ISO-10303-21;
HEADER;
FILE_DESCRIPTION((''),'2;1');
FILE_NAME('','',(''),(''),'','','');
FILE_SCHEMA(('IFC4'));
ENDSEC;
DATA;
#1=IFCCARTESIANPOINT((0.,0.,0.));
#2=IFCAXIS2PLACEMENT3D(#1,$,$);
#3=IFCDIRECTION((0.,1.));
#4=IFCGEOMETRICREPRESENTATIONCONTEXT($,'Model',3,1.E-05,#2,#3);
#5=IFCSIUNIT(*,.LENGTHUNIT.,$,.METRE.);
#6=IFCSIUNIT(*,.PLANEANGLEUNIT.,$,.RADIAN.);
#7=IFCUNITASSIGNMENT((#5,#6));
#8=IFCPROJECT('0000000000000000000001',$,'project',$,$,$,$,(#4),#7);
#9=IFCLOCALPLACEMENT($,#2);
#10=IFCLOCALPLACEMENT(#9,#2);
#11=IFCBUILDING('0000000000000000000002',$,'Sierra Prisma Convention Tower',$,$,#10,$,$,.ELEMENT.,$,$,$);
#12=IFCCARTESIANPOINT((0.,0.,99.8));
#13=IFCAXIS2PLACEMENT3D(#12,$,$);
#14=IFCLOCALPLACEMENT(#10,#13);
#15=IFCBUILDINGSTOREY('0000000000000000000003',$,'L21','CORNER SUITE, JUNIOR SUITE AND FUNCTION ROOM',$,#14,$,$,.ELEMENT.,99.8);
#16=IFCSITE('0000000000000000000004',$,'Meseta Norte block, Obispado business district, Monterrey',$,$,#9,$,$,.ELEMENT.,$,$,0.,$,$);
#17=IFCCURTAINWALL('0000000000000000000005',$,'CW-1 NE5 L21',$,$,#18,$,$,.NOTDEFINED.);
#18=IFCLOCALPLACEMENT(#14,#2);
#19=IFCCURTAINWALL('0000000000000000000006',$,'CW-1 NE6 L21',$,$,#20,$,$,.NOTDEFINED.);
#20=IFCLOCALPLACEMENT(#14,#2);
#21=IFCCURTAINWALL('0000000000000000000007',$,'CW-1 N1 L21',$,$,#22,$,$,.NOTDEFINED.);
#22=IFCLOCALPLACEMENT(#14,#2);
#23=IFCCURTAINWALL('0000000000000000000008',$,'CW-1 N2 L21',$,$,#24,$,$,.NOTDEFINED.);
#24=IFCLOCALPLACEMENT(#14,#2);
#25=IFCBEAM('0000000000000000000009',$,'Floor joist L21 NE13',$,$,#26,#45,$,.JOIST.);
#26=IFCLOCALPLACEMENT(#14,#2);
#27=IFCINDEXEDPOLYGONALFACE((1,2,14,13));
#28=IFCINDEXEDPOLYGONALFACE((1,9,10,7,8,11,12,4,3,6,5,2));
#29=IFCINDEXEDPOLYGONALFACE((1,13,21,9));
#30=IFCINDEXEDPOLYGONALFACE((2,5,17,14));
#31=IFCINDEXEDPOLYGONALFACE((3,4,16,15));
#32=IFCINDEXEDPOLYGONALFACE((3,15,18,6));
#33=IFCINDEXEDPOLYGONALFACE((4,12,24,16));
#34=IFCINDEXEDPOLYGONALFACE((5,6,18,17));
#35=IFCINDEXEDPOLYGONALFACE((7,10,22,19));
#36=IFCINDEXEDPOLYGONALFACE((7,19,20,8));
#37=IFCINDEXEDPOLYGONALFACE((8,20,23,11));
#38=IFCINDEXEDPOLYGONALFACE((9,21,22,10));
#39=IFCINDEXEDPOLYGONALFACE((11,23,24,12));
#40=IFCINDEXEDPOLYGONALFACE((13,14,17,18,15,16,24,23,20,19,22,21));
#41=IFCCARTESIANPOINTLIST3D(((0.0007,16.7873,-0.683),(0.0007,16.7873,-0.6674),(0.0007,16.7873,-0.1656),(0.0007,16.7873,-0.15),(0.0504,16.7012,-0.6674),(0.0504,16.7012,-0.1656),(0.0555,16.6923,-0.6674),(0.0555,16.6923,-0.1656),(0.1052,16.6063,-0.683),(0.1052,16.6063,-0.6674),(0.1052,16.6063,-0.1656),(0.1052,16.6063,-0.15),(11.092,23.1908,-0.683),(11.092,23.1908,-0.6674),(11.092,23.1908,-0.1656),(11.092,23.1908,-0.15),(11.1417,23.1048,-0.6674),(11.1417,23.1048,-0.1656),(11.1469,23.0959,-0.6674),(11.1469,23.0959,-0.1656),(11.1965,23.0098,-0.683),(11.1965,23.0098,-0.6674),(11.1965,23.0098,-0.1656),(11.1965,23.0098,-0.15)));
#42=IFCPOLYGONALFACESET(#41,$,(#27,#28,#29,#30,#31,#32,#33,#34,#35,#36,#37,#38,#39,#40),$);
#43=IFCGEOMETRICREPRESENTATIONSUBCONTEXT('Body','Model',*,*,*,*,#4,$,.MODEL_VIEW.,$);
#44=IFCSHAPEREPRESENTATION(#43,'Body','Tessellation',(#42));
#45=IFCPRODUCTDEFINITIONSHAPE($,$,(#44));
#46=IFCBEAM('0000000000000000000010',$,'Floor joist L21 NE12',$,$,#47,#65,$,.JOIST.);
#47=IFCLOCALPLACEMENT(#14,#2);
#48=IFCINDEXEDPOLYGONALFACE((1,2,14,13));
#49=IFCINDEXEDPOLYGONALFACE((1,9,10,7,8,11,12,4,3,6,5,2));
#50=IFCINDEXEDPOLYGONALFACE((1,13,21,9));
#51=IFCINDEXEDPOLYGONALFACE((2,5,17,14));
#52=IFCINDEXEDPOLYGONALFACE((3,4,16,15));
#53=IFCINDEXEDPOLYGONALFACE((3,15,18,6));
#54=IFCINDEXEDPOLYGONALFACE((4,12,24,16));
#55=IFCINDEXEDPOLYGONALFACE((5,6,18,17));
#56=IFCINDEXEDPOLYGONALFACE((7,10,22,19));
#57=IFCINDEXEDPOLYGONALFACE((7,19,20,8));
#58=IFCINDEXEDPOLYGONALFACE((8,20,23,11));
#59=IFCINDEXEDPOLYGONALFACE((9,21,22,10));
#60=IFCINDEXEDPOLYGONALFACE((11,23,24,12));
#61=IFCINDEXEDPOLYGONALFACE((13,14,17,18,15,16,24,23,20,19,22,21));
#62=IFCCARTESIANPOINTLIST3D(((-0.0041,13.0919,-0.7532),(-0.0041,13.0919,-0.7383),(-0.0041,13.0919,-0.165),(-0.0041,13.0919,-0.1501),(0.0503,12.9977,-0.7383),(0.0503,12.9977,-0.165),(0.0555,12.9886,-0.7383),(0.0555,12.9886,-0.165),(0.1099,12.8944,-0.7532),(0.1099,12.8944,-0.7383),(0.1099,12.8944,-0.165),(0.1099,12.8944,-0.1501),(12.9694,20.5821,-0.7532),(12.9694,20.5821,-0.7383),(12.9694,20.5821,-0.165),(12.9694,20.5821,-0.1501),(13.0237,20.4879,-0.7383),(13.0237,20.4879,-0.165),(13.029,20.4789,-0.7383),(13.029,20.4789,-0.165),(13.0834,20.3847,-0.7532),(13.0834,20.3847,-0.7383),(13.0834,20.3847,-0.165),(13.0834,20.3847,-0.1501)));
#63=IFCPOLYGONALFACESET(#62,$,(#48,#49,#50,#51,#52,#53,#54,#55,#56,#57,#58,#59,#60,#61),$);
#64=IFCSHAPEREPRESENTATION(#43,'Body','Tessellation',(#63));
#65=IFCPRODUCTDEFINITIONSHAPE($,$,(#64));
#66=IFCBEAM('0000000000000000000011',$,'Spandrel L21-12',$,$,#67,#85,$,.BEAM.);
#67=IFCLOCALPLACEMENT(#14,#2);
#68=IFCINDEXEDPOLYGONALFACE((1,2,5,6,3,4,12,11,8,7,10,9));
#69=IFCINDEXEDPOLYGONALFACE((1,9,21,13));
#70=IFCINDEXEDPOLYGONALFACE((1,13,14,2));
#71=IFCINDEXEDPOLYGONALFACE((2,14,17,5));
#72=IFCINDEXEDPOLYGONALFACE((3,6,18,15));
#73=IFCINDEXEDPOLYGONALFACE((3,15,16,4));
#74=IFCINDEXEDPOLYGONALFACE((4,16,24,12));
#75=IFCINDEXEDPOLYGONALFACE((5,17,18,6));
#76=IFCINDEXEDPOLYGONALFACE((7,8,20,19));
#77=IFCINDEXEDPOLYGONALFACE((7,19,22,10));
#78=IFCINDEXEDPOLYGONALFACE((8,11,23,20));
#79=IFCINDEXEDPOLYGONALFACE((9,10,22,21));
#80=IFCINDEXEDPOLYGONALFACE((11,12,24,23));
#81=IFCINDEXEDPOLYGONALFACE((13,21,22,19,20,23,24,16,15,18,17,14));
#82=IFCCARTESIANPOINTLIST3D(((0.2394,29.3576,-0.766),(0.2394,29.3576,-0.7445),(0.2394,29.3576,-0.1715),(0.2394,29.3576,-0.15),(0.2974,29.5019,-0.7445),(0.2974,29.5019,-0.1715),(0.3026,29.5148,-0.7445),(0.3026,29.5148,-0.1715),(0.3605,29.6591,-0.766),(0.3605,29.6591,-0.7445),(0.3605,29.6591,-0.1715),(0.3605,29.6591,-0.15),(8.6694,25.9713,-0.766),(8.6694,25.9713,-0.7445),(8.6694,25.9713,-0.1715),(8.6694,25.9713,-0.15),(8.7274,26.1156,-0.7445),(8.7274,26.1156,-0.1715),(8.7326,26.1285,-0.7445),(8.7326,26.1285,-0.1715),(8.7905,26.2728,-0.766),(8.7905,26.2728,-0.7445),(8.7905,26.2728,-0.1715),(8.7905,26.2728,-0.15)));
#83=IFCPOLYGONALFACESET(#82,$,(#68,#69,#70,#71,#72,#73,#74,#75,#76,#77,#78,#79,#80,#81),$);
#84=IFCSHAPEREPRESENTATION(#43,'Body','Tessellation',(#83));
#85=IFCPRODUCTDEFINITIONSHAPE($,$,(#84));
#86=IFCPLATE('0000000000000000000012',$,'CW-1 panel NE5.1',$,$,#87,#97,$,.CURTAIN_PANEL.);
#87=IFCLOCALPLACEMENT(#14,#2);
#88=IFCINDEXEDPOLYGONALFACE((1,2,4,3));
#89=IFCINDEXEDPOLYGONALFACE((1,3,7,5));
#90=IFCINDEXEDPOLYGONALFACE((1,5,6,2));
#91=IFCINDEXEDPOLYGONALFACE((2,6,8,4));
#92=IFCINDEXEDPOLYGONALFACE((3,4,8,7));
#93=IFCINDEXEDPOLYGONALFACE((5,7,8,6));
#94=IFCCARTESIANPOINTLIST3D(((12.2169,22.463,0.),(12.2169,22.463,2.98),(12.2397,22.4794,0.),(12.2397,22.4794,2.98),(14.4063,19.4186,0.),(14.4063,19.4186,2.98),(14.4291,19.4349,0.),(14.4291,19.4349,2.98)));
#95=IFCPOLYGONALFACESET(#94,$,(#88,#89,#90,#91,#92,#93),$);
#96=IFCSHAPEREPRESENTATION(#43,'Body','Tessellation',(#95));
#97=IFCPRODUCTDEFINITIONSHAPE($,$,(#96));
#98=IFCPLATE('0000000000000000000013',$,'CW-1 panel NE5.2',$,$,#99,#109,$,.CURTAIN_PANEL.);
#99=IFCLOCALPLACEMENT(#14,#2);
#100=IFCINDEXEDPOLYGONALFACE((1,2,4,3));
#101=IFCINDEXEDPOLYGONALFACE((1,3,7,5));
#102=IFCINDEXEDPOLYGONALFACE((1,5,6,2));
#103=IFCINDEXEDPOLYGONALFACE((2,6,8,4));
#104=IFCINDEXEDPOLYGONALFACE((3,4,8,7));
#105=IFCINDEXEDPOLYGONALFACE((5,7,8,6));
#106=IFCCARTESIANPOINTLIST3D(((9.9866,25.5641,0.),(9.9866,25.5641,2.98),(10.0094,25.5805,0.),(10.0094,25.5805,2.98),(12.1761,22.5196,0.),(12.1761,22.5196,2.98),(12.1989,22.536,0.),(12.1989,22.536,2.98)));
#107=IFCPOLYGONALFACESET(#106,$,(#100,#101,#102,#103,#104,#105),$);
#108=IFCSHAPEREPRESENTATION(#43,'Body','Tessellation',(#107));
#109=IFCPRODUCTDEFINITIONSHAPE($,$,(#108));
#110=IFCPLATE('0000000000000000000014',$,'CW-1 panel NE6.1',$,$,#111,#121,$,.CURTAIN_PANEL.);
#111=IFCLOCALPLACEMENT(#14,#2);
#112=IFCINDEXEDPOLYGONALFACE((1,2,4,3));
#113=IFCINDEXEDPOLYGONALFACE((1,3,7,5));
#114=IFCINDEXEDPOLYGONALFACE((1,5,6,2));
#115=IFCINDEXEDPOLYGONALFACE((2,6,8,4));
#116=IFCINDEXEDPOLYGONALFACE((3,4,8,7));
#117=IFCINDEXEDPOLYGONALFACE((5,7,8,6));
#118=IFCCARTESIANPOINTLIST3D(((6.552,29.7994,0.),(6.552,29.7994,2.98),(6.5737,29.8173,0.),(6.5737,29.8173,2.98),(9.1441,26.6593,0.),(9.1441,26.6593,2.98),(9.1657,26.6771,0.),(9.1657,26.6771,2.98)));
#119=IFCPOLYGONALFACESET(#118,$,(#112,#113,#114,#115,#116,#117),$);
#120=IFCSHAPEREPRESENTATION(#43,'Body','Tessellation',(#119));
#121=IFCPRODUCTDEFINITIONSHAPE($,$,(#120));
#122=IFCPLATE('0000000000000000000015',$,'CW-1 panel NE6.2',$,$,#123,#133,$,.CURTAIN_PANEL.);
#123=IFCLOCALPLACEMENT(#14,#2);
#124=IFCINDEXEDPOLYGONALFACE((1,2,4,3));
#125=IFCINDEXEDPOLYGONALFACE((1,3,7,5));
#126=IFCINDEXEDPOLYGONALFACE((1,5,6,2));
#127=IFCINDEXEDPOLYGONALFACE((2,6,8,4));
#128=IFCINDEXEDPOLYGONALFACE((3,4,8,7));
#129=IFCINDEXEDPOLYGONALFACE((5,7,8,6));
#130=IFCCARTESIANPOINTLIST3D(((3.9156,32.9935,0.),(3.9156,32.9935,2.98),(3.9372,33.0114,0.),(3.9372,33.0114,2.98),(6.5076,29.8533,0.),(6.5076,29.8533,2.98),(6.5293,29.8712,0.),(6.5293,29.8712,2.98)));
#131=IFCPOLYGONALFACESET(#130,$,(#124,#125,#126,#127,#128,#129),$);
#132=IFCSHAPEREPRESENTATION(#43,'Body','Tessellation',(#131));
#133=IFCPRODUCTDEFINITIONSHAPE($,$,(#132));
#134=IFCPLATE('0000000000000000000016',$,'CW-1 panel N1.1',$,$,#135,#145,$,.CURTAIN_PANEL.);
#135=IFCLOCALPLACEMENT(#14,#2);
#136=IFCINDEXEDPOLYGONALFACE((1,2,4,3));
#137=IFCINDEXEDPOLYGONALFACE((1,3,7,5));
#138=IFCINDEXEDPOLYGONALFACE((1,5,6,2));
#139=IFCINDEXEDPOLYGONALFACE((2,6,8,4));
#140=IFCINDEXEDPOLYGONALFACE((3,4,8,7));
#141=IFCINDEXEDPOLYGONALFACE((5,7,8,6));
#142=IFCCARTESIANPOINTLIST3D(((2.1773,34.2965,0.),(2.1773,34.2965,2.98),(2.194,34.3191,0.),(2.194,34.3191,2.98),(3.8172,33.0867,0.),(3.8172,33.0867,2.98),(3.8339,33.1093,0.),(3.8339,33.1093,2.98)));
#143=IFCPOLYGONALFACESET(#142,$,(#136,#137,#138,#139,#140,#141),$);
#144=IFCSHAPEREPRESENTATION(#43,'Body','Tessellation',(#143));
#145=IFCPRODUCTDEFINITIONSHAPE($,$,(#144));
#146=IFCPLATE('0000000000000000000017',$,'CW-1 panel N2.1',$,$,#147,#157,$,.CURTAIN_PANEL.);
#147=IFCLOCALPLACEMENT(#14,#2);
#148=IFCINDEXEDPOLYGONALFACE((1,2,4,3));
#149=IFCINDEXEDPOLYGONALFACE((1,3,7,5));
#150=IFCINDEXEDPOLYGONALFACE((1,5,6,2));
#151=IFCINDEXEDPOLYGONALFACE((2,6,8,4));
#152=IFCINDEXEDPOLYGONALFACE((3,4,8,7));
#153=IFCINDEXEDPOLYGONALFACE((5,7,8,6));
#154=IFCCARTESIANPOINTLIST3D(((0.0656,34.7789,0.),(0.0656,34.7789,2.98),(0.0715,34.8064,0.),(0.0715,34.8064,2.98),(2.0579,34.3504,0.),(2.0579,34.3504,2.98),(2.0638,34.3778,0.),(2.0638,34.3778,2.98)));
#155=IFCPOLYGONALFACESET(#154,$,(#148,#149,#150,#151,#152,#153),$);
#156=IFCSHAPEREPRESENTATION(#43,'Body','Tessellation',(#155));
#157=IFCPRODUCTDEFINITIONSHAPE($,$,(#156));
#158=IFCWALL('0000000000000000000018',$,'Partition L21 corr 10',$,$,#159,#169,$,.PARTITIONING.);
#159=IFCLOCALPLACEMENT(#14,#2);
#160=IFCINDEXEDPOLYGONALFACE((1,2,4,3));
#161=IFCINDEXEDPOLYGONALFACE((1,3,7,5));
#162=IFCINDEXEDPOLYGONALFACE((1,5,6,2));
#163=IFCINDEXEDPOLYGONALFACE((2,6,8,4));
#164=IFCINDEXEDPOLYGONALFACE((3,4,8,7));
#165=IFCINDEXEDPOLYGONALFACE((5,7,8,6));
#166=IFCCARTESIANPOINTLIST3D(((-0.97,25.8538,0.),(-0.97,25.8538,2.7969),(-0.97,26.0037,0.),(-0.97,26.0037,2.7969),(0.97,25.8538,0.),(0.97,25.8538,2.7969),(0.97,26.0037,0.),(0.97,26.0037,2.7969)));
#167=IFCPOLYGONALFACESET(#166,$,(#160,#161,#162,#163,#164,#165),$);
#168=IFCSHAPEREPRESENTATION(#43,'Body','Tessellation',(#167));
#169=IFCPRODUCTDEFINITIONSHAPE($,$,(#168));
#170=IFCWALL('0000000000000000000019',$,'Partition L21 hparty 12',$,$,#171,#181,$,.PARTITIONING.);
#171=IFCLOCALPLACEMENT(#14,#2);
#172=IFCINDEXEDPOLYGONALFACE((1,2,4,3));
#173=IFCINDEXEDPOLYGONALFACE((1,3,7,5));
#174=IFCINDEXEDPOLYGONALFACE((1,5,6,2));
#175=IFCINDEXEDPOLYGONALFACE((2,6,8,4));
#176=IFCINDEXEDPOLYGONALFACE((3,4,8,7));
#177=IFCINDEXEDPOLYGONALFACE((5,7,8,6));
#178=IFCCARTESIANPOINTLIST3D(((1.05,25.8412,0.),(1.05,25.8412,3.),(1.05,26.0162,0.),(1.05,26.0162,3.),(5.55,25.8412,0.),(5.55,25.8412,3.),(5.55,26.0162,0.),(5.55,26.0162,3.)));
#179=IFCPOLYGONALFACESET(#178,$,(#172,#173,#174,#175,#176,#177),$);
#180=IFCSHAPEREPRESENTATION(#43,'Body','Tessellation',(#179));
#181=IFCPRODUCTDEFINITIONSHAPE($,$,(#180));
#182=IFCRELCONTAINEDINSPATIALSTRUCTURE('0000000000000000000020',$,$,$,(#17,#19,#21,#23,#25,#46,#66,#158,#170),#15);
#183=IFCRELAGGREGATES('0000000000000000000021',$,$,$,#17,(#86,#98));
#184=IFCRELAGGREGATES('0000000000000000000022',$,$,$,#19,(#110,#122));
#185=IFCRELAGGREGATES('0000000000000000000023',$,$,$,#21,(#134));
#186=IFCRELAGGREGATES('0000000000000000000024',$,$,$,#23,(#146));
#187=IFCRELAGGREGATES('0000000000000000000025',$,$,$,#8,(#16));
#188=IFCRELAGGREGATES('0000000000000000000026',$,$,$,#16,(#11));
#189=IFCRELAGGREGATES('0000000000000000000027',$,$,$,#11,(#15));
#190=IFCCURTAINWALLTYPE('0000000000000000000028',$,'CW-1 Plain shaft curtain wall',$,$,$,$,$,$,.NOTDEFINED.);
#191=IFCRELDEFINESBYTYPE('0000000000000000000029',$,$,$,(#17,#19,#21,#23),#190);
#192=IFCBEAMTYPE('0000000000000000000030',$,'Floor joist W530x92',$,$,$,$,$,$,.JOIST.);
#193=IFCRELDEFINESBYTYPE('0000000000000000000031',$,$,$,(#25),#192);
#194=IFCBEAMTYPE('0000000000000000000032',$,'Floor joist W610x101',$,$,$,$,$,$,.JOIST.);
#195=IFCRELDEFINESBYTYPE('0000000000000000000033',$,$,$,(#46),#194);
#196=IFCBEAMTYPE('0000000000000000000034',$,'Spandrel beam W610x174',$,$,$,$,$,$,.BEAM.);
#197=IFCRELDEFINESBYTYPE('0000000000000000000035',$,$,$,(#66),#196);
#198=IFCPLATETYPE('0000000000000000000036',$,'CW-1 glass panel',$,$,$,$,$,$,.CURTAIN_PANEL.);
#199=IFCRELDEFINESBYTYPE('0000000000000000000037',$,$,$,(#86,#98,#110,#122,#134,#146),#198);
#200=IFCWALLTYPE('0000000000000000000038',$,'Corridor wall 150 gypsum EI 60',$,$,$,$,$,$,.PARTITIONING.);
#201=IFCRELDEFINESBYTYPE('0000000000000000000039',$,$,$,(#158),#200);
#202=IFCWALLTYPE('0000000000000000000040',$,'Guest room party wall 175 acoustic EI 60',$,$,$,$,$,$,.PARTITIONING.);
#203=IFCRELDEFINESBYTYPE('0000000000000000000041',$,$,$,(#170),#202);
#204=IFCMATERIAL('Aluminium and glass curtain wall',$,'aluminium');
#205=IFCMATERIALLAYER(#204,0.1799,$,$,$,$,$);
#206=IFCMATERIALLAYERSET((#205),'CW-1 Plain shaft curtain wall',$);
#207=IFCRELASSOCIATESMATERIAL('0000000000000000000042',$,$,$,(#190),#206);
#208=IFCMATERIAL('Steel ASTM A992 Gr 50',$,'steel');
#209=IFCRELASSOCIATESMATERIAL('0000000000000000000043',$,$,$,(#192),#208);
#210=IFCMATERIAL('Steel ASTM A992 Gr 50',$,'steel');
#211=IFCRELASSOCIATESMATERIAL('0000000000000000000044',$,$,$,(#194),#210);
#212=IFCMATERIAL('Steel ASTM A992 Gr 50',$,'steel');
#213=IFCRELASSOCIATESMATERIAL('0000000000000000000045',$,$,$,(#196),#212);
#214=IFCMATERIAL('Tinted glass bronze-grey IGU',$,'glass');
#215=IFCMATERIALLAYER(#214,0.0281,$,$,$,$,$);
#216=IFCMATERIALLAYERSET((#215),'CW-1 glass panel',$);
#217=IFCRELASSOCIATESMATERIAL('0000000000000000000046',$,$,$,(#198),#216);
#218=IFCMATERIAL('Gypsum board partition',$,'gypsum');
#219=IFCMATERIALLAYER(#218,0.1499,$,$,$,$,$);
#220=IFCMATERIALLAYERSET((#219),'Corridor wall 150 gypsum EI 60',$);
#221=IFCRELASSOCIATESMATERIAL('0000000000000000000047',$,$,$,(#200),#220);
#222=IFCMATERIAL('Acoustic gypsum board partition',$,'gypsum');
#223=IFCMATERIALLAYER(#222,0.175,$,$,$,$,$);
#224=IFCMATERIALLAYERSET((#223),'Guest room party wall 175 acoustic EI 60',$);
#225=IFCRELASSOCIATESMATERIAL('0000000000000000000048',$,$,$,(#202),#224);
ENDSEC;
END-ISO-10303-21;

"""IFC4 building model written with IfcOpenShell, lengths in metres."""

from ifc_helpers import new_model, si_unit, direction, frame, frame_2d, origin, origin_2d, place, context, subcontext, project, spatial, rectangle, i_section, extrude, material, layer, layer_set, material_profile, profile_set, type_object, element, aggregate, save


model = new_model("IFC4")

# Units and contexts
model_context = context("Model", 3, precision=1e-05, world=origin(), true_north=direction((0.0, 1.0)))
body_context = subcontext(model_context, "Body", "Model", "MODEL_VIEW")
ifc_project = project(units=[si_unit("LENGTHUNIT", "METRE"), si_unit("PLANEANGLEUNIT", "RADIAN")], contexts=[model_context])

# Site, building, storey
site_placement = place(None, origin())
site = spatial("IfcSite", under=ifc_project, at=site_placement, Name="Meseta Norte block, Obispado business district, Monterrey", CompositionType="ELEMENT", RefElevation=0.0)
building_placement = place(site_placement, origin())
building = spatial("IfcBuilding", under=site, at=building_placement, Name="Sierra Prisma Convention Tower", CompositionType="ELEMENT")
storey_placement = place(building_placement, frame((0.0, 0.0, 99.8)))
storey = spatial("IfcBuildingStorey", under=building, at=storey_placement, Name="L21", Description="CORNER SUITE, JUNIOR SUITE AND FUNCTION ROOM", CompositionType="ELEMENT", Elevation=99.8)

# Curtain wall
ifc_material_1 = material(Name="Aluminium and glass curtain wall", Category="aluminium")
ifc_layer_1 = layer(ifc_material_1, 0.1799)
ifc_layer_set_1 = layer_set([ifc_layer_1], Name="CW-1 Plain shaft curtain wall")
curtain_wall_type = type_object("IfcCurtainWallType", Name="CW-1 Plain shaft curtain wall", PredefinedType="NOTDEFINED", material=ifc_layer_set_1)
curtain_wall_1_placement = place(storey_placement, origin())
curtain_wall_1 = element("IfcCurtainWall", 1, at=curtain_wall_1_placement, inside=storey, type_object=curtain_wall_type, Name="CW-1 NE5 L21", PredefinedType="NOTDEFINED")

# Curtain walls
curtain_wall_2_placement = place(storey_placement, origin())
curtain_wall_2 = element("IfcCurtainWall", 2, at=curtain_wall_2_placement, inside=storey, type_object=curtain_wall_type, Name="CW-1 NE6 L21", PredefinedType="NOTDEFINED")
curtain_wall_3_placement = place(storey_placement, origin())
curtain_wall_3 = element("IfcCurtainWall", 3, at=curtain_wall_3_placement, inside=storey, type_object=curtain_wall_type, Name="CW-1 N1 L21", PredefinedType="NOTDEFINED")
curtain_wall_4_placement = place(storey_placement, origin())
curtain_wall_4 = element("IfcCurtainWall", 4, at=curtain_wall_4_placement, inside=storey, type_object=curtain_wall_type, Name="CW-1 N2 L21", PredefinedType="NOTDEFINED")

# Beams
ifc_material_2 = material(Name="Steel ASTM A992 Gr 50", Category="steel")
ifc_material_profile_1 = material_profile(ifc_material_2, i_section(OverallWidth=0.209, OverallDepth=0.533, WebThickness=0.0103, FlangeThickness=0.0156, at=origin_2d()), Name="W530x92")
ifc_profile_set_1 = profile_set([ifc_material_profile_1], Name="Steel ASTM A992 Gr 50")
beam_type_1 = type_object("IfcBeamType", Name="Floor joist W530x92", PredefinedType="JOIST", material=ifc_profile_set_1)
beam_1_placement = place(storey_placement, frame((11.1443, 23.1003, -0.4165), z_axis=(-0.866026, -0.5, 0.0), x_axis=(0.5, -0.866026, 0.0)))
element("IfcBeam", 5, at=beam_1_placement, inside=storey, type_object=beam_type_1, Name="Floor joist L21 NE13", PredefinedType="JOIST", context=body_context, shape_type="SweptSolid", body=[
    extrude(i_section(OverallWidth=0.209, OverallDepth=0.533, WebThickness=0.0103, FlangeThickness=0.0156, at=origin_2d()), origin(), (0.0, 0.0, 1.0), 12.8071),
])
ifc_material_3 = material(Name="Steel ASTM A992 Gr 50", Category="steel")
ifc_material_profile_2 = material_profile(ifc_material_3, i_section(OverallWidth=0.228, OverallDepth=0.603, WebThickness=0.0105, FlangeThickness=0.0149, at=origin_2d()), Name="W610x101")
ifc_profile_set_2 = profile_set([ifc_material_profile_2], Name="Steel ASTM A992 Gr 50")
beam_type_2 = type_object("IfcBeamType", Name="Floor joist W610x101", PredefinedType="JOIST", material=ifc_profile_set_2)
beam_2_placement = place(storey_placement, frame((13.0264, 20.4834, -0.4517), z_axis=(-0.866024, -0.500002, 0.0), x_axis=(0.500002, -0.866024, 0.0)))
element("IfcBeam", 6, at=beam_2_placement, inside=storey, type_object=beam_type_2, Name="Floor joist L21 NE12", PredefinedType="JOIST", context=body_context, shape_type="SweptSolid", body=[
    extrude(i_section(OverallWidth=0.228, OverallDepth=0.603, WebThickness=0.0105, FlangeThickness=0.0149, at=origin_2d()), origin(), (0.0, 0.0, 1.0), 14.9805),
])
ifc_material_4 = material(Name="Steel ASTM A992 Gr 50", Category="steel")
ifc_material_profile_3 = material_profile(ifc_material_4, i_section(OverallWidth=0.325, OverallDepth=0.616, WebThickness=0.0139, FlangeThickness=0.0215, at=origin_2d()), Name="W610x174")
ifc_profile_set_3 = profile_set([ifc_material_profile_3], Name="Steel ASTM A992 Gr 50")
beam_type_3 = type_object("IfcBeamType", Name="Spandrel beam W610x174", PredefinedType="BEAM", material=ifc_profile_set_3)
beam_3_placement = place(storey_placement, frame((8.73, 26.1221, -0.458), z_axis=(-0.927935, 0.372743, 0.0), x_axis=(-0.372743, -0.927935, 0.0)))
element("IfcBeam", 7, at=beam_3_placement, inside=storey, type_object=beam_type_3, Name="Spandrel L21-12", PredefinedType="BEAM", context=body_context, shape_type="SweptSolid", body=[
    extrude(i_section(OverallWidth=0.325, OverallDepth=0.616, WebThickness=0.0139, FlangeThickness=0.0215, at=origin_2d()), origin(), (0.0, 0.0, 1.0), 9.0847),
])

# Plates
ifc_material_5 = material(Name="Tinted glass bronze-grey IGU", Category="glass")
ifc_layer_2 = layer(ifc_material_5, 0.0281)
ifc_layer_set_2 = layer_set([ifc_layer_2], Name="CW-1 glass panel")
plate_type = type_object("IfcPlateType", Name="CW-1 glass panel", PredefinedType="CURTAIN_PANEL", material=ifc_layer_set_2)
plate_1_placement = place(storey_placement, frame((13.323, 20.949, 0.0), z_axis=(0.0, 0.0, 1.0), x_axis=(-0.58386, 0.811854, 0.0)))
plate_1 = element("IfcPlate", 8, at=plate_1_placement, type_object=plate_type, Name="CW-1 panel NE5.1", PredefinedType="CURTAIN_PANEL", context=body_context, shape_type="SweptSolid", body=[
    extrude(rectangle(XDim=3.75, YDim=0.0281, at=origin_2d()), origin(), (0.0, 0.0, 1.0), 2.98),
])
plate_2_placement = place(storey_placement, frame((11.0928, 24.05, 0.0), z_axis=(0.0, 0.0, 1.0), x_axis=(-0.58386, 0.811854, 0.0)))
plate_2 = element("IfcPlate", 9, at=plate_2_placement, type_object=plate_type, Name="CW-1 panel NE5.2", PredefinedType="CURTAIN_PANEL", context=body_context, shape_type="SweptSolid", body=[
    extrude(rectangle(XDim=3.75, YDim=0.0281, at=origin_2d()), origin(), (0.0, 0.0, 1.0), 2.98),
])
aggregate(curtain_wall_1, [plate_1, plate_2])
plate_3_placement = place(storey_placement, frame((7.8589, 28.2383, 0.0), z_axis=(0.0, 0.0, 1.0), x_axis=(-0.636584, 0.771208, 0.0)))
plate_3 = element("IfcPlate", 10, at=plate_3_placement, type_object=plate_type, Name="CW-1 panel NE6.1", PredefinedType="CURTAIN_PANEL", context=body_context, shape_type="SweptSolid", body=[
    extrude(rectangle(XDim=4.0718, YDim=0.0281, at=origin_2d()), origin(), (0.0, 0.0, 1.0), 2.98),
])
plate_4_placement = place(storey_placement, frame((5.2224, 31.4324, 0.0), z_axis=(0.0, 0.0, 1.0), x_axis=(-0.636584, 0.771208, 0.0)))
plate_4 = element("IfcPlate", 11, at=plate_4_placement, type_object=plate_type, Name="CW-1 panel NE6.2", PredefinedType="CURTAIN_PANEL", context=body_context, shape_type="SweptSolid", body=[
    extrude(rectangle(XDim=4.0718, YDim=0.0281, at=origin_2d()), origin(), (0.0, 0.0, 1.0), 2.98),
])
aggregate(curtain_wall_2, [plate_3, plate_4])
plate_5_placement = place(storey_placement, frame((3.0056, 33.7029, 0.0), z_axis=(0.0, 0.0, 1.0), x_axis=(-0.804726, 0.593647, 0.0)))
plate_5 = element("IfcPlate", 12, at=plate_5_placement, type_object=plate_type, Name="CW-1 panel N1.1", PredefinedType="CURTAIN_PANEL", context=body_context, shape_type="SweptSolid", body=[
    extrude(rectangle(XDim=2.0378, YDim=0.0281, at=origin_2d()), origin(), (0.0, 0.0, 1.0), 2.98),
])
aggregate(curtain_wall_3, [plate_5])
plate_6_placement = place(storey_placement, frame((1.0647, 34.5784, 0.0), z_axis=(0.0, 0.0, 1.0), x_axis=(-0.977641, 0.21028, 0.0)))
plate_6 = element("IfcPlate", 13, at=plate_6_placement, type_object=plate_type, Name="CW-1 panel N2.1", PredefinedType="CURTAIN_PANEL", context=body_context, shape_type="SweptSolid", body=[
    extrude(rectangle(XDim=2.0378, YDim=0.0281, at=origin_2d()), origin(), (0.0, 0.0, 1.0), 2.98),
])
aggregate(curtain_wall_4, [plate_6])

# Walls
ifc_material_6 = material(Name="Gypsum board partition", Category="gypsum")
ifc_layer_3 = layer(ifc_material_6, 0.1499)
ifc_layer_set_3 = layer_set([ifc_layer_3], Name="Corridor wall 150 gypsum EI 60")
wall_type_1 = type_object("IfcWallType", Name="Corridor wall 150 gypsum EI 60", PredefinedType="PARTITIONING", material=ifc_layer_set_3)
wall_1_placement = place(storey_placement, frame((0.97, 25.9287, 0.0), z_axis=(0.0, 0.0, 1.0), x_axis=(-1.0, 0.0, 0.0)))
element("IfcWall", 14, at=wall_1_placement, inside=storey, type_object=wall_type_1, Name="Partition L21 corr 10", PredefinedType="PARTITIONING", context=body_context, shape_type="SweptSolid", body=[
    extrude(rectangle(XDim=1.9399, YDim=0.1499, at=frame_2d((0.97, 0.0))), origin(), (0.0, 0.0, 1.0), 2.7969),
])
ifc_material_7 = material(Name="Acoustic gypsum board partition", Category="gypsum")
ifc_layer_4 = layer(ifc_material_7, 0.175)
ifc_layer_set_4 = layer_set([ifc_layer_4], Name="Guest room party wall 175 acoustic EI 60")
wall_type_2 = type_object("IfcWallType", Name="Guest room party wall 175 acoustic EI 60", PredefinedType="PARTITIONING", material=ifc_layer_set_4)
wall_2_placement = place(storey_placement, frame((1.05, 25.9287, 0.0), z_axis=(0.0, 0.0, 1.0), x_axis=(1.0, 0.0, 0.0)))
element("IfcWall", 15, at=wall_2_placement, inside=storey, type_object=wall_type_2, Name="Partition L21 hparty 12", PredefinedType="PARTITIONING", context=body_context, shape_type="SweptSolid", body=[
    extrude(rectangle(XDim=4.5, YDim=0.175, at=frame_2d((2.25, 0.0))), origin(), (0.0, 0.0, 1.0), 3.0),
])

save(model, "model.ifc")
